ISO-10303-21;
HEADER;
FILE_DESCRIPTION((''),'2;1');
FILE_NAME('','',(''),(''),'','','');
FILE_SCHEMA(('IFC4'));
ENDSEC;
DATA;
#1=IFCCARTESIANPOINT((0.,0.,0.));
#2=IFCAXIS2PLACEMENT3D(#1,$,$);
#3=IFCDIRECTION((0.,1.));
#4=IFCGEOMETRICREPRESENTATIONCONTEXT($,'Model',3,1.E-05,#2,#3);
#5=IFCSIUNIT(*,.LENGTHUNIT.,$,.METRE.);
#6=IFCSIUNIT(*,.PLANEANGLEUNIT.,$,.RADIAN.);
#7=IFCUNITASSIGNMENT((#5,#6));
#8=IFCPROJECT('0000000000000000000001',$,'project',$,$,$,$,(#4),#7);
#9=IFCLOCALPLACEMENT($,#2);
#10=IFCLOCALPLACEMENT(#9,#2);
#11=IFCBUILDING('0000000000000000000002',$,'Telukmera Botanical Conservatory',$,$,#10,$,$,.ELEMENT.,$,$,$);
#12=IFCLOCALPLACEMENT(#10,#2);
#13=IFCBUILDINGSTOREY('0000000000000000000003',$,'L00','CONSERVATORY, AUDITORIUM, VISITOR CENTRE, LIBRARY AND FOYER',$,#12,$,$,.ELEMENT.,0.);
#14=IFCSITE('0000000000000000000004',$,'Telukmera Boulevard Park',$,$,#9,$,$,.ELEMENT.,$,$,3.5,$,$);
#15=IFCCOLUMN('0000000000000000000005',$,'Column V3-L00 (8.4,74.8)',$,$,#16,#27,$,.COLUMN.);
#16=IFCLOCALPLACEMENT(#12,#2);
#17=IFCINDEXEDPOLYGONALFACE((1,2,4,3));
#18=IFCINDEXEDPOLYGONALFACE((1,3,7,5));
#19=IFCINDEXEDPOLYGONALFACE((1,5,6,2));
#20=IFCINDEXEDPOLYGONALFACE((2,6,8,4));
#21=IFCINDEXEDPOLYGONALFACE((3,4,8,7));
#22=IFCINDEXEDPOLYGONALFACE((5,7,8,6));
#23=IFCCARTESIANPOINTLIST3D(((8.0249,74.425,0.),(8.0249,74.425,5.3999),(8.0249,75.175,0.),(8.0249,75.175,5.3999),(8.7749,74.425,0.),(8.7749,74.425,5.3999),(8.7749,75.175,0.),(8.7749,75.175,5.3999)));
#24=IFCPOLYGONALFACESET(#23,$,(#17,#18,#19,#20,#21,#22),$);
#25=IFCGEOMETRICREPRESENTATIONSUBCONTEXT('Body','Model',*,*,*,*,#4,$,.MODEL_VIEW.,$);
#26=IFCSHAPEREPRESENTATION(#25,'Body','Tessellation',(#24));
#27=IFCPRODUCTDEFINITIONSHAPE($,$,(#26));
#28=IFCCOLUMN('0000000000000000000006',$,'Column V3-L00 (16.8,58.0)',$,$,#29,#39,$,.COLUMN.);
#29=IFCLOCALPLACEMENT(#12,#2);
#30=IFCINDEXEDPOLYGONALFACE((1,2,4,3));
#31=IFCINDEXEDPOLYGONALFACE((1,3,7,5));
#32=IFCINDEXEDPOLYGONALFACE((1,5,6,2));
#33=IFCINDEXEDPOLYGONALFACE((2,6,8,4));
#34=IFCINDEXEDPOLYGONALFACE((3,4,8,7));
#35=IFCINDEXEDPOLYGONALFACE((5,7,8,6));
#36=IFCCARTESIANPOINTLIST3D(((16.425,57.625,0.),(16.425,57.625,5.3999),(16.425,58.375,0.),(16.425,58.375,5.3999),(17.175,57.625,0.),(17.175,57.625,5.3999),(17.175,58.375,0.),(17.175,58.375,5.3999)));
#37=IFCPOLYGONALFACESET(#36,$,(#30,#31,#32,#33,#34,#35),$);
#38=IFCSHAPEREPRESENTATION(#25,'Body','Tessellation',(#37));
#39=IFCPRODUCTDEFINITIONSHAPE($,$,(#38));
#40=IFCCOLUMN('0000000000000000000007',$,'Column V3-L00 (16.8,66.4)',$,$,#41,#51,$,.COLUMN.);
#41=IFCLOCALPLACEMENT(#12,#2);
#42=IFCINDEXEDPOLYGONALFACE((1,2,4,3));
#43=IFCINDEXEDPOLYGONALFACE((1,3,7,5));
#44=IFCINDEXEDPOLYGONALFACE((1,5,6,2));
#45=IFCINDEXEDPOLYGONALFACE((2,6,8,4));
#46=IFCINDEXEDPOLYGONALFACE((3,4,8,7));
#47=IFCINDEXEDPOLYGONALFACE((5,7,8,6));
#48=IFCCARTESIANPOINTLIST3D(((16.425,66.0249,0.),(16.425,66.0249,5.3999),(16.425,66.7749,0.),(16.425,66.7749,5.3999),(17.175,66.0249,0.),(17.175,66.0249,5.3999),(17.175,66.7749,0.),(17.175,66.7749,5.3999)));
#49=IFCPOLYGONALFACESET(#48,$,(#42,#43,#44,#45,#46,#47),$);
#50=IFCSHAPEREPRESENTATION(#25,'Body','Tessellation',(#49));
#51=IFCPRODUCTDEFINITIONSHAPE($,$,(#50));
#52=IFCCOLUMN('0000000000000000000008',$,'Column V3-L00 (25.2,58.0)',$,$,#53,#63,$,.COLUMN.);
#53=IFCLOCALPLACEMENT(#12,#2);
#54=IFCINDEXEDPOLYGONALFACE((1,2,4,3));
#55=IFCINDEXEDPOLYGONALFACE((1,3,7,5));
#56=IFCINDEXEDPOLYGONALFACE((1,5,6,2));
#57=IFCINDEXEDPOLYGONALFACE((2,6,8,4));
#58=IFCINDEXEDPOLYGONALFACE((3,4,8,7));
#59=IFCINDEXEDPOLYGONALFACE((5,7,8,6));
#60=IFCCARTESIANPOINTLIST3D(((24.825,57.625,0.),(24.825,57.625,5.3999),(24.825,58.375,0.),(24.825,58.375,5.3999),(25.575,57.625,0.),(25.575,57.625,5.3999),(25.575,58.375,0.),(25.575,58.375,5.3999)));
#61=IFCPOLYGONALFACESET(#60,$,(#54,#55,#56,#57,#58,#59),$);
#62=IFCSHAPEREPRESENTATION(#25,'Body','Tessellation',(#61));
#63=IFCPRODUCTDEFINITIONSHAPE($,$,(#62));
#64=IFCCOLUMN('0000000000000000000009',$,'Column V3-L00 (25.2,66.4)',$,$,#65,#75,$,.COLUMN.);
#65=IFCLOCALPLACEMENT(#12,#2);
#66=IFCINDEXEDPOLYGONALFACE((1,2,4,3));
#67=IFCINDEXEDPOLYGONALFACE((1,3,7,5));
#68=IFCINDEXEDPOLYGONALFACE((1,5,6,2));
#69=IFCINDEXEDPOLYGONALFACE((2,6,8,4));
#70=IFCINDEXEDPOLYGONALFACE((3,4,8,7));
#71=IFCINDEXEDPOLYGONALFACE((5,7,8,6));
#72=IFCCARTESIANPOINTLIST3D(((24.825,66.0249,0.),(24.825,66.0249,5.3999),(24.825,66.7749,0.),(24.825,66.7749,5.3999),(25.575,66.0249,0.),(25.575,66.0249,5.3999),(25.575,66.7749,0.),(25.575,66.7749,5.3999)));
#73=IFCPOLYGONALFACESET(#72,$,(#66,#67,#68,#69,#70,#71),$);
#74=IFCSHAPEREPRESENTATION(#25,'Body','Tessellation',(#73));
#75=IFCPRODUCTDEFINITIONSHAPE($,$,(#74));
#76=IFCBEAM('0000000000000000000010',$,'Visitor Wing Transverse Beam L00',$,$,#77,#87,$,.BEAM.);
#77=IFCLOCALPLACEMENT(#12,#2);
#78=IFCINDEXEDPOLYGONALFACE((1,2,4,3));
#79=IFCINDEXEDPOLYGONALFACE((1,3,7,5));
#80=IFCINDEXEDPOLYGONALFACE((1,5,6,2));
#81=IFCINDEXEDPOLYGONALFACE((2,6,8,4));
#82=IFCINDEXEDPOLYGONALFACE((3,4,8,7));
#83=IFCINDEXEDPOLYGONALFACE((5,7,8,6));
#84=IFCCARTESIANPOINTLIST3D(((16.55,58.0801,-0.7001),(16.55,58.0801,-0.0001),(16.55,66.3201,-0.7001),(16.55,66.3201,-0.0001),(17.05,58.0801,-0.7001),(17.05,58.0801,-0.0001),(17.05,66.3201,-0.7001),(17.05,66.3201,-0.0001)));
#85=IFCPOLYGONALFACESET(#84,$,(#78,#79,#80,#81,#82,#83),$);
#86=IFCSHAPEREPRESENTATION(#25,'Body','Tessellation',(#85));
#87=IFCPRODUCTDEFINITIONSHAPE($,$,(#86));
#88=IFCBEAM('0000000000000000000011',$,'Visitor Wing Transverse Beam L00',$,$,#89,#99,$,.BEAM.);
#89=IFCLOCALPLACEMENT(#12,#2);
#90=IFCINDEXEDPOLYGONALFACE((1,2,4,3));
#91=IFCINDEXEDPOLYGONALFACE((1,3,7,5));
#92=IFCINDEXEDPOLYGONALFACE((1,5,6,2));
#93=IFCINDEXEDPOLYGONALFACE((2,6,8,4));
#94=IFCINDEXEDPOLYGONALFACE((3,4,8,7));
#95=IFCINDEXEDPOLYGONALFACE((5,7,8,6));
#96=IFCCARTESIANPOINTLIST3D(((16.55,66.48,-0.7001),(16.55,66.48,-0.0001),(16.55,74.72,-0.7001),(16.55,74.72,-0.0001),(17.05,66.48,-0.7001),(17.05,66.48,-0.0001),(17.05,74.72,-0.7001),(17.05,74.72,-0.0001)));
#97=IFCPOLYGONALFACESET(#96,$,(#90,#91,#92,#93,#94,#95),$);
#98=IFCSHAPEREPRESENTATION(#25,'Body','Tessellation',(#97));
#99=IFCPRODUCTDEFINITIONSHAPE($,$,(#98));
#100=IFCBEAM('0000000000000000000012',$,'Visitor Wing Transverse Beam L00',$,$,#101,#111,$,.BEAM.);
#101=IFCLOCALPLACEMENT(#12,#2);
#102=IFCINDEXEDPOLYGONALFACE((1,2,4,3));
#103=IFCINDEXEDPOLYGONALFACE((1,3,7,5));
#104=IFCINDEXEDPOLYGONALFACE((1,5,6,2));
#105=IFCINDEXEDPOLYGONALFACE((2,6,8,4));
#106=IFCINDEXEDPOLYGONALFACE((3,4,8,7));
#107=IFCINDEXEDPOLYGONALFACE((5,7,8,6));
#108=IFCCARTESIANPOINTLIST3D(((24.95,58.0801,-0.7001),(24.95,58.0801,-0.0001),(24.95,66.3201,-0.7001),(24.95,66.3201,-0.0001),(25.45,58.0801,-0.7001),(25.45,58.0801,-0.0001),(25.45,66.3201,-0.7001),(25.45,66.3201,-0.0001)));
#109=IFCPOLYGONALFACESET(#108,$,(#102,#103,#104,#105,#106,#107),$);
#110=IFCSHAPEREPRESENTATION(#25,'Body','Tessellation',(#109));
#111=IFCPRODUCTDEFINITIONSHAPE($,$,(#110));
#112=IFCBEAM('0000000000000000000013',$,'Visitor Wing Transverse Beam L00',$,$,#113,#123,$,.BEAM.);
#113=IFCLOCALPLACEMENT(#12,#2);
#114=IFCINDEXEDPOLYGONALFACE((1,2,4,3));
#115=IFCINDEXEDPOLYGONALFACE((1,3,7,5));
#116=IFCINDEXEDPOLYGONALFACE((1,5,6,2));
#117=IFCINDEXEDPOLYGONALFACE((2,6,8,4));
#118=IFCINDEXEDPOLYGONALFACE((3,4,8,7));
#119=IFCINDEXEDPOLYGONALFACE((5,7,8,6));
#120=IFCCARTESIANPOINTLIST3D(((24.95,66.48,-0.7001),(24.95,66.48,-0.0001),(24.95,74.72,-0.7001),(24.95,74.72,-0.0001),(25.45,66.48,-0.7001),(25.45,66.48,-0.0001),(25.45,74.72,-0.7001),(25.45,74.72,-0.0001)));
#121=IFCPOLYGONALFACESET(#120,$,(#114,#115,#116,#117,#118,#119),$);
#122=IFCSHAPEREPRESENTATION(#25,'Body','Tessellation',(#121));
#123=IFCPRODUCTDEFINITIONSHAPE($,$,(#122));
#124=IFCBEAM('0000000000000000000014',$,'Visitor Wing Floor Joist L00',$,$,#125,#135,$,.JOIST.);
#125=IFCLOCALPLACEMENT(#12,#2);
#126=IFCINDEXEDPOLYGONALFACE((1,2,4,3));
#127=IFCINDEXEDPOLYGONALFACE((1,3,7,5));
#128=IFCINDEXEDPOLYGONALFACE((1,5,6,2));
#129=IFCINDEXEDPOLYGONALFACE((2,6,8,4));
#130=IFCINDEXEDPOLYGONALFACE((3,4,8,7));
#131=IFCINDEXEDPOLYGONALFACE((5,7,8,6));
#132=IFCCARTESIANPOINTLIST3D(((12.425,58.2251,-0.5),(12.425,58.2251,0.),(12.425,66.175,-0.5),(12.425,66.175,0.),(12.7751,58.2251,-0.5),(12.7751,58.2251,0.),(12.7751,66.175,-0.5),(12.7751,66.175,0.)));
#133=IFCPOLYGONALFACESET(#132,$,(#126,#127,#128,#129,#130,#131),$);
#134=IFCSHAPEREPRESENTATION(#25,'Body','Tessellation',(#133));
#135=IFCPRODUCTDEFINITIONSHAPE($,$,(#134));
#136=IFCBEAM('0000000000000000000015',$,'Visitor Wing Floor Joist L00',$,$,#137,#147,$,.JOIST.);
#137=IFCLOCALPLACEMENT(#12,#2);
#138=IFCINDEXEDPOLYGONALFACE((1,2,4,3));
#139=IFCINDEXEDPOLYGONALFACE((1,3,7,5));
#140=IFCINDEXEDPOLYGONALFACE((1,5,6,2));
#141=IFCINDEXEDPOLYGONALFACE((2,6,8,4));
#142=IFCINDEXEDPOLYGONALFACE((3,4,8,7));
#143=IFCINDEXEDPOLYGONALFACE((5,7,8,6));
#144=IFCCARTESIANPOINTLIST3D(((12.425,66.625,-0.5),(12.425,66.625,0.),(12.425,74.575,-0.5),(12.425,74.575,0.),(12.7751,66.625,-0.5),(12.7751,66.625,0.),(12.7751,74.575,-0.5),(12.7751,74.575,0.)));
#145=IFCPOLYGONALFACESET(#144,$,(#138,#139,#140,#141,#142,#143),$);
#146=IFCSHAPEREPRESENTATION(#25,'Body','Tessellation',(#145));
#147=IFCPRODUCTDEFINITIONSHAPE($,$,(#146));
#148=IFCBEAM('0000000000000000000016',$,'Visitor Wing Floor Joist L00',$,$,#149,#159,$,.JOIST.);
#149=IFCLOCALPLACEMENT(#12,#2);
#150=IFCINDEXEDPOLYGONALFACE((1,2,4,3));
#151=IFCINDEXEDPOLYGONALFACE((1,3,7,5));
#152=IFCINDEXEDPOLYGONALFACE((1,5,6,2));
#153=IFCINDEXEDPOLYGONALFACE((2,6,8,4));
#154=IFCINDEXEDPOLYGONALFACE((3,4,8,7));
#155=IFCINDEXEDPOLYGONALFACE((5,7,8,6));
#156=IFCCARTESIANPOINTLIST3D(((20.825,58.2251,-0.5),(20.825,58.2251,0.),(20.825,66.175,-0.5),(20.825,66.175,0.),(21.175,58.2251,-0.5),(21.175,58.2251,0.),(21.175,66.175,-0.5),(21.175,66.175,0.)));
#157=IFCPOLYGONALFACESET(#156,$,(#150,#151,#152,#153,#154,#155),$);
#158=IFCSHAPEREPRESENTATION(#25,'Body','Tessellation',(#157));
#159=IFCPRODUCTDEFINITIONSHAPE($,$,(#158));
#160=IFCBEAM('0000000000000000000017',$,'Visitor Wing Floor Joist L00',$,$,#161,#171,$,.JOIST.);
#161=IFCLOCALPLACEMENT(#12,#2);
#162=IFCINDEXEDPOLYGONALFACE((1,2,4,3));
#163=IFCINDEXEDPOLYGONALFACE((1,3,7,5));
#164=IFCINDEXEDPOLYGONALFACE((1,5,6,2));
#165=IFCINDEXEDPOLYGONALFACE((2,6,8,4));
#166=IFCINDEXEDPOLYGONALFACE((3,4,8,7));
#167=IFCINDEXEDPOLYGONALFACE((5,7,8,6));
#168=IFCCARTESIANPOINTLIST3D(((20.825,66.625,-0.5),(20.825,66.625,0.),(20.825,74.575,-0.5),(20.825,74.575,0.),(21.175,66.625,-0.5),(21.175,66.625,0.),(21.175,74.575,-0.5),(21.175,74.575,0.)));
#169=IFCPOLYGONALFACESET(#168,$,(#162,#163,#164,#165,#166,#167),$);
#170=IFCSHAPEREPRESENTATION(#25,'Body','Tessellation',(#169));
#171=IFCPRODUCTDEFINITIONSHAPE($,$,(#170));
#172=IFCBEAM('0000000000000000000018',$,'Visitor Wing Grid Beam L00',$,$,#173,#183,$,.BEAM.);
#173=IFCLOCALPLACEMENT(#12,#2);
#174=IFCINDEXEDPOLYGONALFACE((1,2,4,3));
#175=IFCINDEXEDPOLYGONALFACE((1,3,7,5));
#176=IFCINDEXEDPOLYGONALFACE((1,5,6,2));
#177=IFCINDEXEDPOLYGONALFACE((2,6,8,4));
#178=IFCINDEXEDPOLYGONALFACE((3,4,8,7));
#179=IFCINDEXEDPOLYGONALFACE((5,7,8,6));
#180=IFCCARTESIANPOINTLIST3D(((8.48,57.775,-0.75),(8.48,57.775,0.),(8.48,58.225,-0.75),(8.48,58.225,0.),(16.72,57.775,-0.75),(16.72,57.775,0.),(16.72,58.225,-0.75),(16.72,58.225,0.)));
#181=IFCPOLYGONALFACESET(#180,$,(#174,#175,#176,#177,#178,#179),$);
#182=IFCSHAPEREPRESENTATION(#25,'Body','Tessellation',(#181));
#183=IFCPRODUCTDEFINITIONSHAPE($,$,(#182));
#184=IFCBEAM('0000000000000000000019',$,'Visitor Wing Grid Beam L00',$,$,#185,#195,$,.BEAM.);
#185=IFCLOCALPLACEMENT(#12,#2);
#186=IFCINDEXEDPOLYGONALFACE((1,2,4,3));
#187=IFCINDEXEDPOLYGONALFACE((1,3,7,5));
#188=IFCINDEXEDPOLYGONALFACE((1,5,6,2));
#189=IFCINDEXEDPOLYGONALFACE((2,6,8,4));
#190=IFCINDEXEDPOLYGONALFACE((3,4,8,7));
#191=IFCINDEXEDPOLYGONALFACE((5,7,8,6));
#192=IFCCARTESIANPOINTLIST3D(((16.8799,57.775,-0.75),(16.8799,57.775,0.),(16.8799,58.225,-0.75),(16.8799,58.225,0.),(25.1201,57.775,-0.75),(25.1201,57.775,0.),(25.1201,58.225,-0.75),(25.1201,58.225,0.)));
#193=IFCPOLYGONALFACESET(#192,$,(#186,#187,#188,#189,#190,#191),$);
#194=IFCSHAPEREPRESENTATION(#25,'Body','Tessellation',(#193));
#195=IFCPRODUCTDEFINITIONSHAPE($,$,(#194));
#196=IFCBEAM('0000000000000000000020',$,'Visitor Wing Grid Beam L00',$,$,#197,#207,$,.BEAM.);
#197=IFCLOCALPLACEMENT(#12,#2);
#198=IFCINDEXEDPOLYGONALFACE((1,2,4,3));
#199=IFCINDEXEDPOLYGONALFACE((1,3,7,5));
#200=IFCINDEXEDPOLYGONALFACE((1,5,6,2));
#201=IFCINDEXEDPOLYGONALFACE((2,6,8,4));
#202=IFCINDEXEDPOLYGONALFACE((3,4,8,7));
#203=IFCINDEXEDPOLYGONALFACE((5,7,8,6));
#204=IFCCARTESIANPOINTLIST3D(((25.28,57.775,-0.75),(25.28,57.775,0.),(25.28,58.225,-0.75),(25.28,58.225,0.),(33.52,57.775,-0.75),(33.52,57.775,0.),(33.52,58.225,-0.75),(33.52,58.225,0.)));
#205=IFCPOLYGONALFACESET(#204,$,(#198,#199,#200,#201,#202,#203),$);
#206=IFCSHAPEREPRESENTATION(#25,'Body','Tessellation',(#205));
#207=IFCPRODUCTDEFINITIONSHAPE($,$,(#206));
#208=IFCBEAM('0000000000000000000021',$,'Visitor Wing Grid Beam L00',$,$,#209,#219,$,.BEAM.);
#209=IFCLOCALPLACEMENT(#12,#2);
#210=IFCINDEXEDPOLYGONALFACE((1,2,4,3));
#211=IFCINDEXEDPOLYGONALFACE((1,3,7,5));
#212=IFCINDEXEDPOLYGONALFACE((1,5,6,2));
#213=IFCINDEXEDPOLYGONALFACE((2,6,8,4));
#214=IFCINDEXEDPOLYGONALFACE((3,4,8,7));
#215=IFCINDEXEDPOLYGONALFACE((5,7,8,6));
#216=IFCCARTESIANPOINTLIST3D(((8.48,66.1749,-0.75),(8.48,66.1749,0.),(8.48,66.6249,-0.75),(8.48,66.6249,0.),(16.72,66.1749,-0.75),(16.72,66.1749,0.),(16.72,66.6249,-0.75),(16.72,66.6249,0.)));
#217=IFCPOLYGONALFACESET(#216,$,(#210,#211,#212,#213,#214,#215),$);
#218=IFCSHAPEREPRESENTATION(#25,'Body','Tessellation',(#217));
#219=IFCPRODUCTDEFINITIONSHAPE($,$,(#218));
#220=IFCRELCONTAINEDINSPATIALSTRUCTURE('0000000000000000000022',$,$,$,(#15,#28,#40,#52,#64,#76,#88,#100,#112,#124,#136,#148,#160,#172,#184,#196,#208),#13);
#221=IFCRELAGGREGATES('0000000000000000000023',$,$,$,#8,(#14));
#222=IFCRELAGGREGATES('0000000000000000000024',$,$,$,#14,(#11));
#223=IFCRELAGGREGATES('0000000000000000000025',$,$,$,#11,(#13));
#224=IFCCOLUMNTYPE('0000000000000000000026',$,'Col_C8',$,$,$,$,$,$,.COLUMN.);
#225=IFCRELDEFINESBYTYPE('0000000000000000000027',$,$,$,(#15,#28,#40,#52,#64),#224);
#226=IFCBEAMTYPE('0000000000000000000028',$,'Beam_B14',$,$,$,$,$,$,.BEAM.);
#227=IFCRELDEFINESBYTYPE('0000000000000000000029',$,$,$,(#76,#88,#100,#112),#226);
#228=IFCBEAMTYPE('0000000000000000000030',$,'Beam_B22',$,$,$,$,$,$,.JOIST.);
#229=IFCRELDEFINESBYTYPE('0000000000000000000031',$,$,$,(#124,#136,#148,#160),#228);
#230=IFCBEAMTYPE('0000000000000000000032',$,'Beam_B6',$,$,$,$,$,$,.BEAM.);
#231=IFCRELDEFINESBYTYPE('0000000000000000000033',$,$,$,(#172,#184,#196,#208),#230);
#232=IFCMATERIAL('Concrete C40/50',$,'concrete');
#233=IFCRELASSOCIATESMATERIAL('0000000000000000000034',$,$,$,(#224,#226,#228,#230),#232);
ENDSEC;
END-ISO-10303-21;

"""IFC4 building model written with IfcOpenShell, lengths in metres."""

from ifc_helpers import new_model, si_unit, direction, frame, origin, origin_2d, place, context, subcontext, project, spatial, rectangle, extrude, material, material_profile, profile_set, type_object, element, save


model = new_model("IFC4")

# Units and contexts
model_context = context("Model", 3, precision=1e-05, world=origin(), true_north=direction((0.0, 1.0)))
body_context = subcontext(model_context, "Body", "Model", "MODEL_VIEW")
ifc_project = project(units=[si_unit("LENGTHUNIT", "METRE"), si_unit("PLANEANGLEUNIT", "RADIAN")], contexts=[model_context])

# Site, building, storey
site_placement = place(None, origin())
site = spatial("IfcSite", under=ifc_project, at=site_placement, Name="Telukmera Boulevard Park", CompositionType="ELEMENT", RefElevation=3.5)
building_placement = place(site_placement, origin())
building = spatial("IfcBuilding", under=site, at=building_placement, Name="Telukmera Botanical Conservatory", CompositionType="ELEMENT")
storey_placement = place(building_placement, origin())
storey = spatial("IfcBuildingStorey", under=building, at=storey_placement, Name="L00", Description="CONSERVATORY, AUDITORIUM, VISITOR CENTRE, LIBRARY AND FOYER", CompositionType="ELEMENT", Elevation=0.0)

# Columns
ifc_material_1 = material(Name="Concrete C40/50", Category="concrete")
ifc_material_profile_1 = material_profile(ifc_material_1, rectangle(XDim=0.75, YDim=0.75, at=origin_2d()), Name="RC 750x750")
ifc_profile_set_1 = profile_set([ifc_material_profile_1], Name="Concrete C40/50")
column_type = type_object("IfcColumnType", Name="Col_C8", PredefinedType="COLUMN", material=ifc_profile_set_1)
for number, where, z_axis, x_axis, name in (
    (1, (8.3999, 74.8, 0.0), (0.0, 0.0, 1.0), (1.0, 0.0, 0.0), "Column V3-L00 (8.4,74.8)"),
    (2, (16.8, 58.0, 0.0), (0.0, 0.0, 1.0), (1.0, 0.0, 0.0), "Column V3-L00 (16.8,58.0)"),
    (3, (16.8, 66.3999, 0.0), (0.0, 0.0, 1.0), (1.0, 0.0, 0.0), "Column V3-L00 (16.8,66.4)"),
    (4, (25.2, 58.0, 0.0), (0.0, 0.0, 1.0), (1.0, 0.0, 0.0), "Column V3-L00 (25.2,58.0)"),
    (5, (25.2, 66.3999, 0.0), (0.0, 0.0, 1.0), (1.0, 0.0, 0.0), "Column V3-L00 (25.2,66.4)"),
):
    element("IfcColumn", number, at=place(storey_placement, frame(where, z_axis=z_axis, x_axis=x_axis)), inside=storey, type_object=column_type, Name=name, PredefinedType="COLUMN", context=body_context, shape_type="SweptSolid", body=[
        extrude(rectangle(XDim=0.75, YDim=0.75, at=origin_2d()), origin(), (0.0, 0.0, 1.0), 5.3999),
    ])

# Beams
ifc_material_profile_2 = material_profile(ifc_material_1, rectangle(XDim=0.5, YDim=0.7, at=origin_2d()), Name="RC 500x700")
ifc_profile_set_2 = profile_set([ifc_material_profile_2], Name="Concrete C40/50")
beam_type_1 = type_object("IfcBeamType", Name="Beam_B14", PredefinedType="BEAM", material=ifc_profile_set_2)
for number, where, z_axis, x_axis, name in (
    (6, (16.8, 58.0801, -0.3501), (0.0, 1.0, 0.0), (-1.0, 0.0, 0.0), "Visitor Wing Transverse Beam L00"),
    (7, (16.8, 66.48, -0.3501), (0.0, 1.0, 0.0), (-1.0, 0.0, 0.0), "Visitor Wing Transverse Beam L00"),
    (8, (25.2, 58.0801, -0.3501), (0.0, 1.0, 0.0), (-1.0, 0.0, 0.0), "Visitor Wing Transverse Beam L00"),
    (9, (25.2, 66.48, -0.3501), (0.0, 1.0, 0.0), (-1.0, 0.0, 0.0), "Visitor Wing Transverse Beam L00"),
):
    element("IfcBeam", number, at=place(storey_placement, frame(where, z_axis=z_axis, x_axis=x_axis)), inside=storey, type_object=beam_type_1, Name=name, PredefinedType="BEAM", context=body_context, shape_type="SweptSolid", body=[
        extrude(rectangle(XDim=0.5, YDim=0.7, at=origin_2d()), origin(), (0.0, 0.0, 1.0), 8.24),
    ])
ifc_material_profile_3 = material_profile(ifc_material_1, rectangle(XDim=0.3501, YDim=0.5, at=origin_2d()), Name="RC 350x500")
ifc_profile_set_3 = profile_set([ifc_material_profile_3], Name="Concrete C40/50")
beam_type_2 = type_object("IfcBeamType", Name="Beam_B22", PredefinedType="JOIST", material=ifc_profile_set_3)
for number, where, z_axis, x_axis, name in (
    (10, (12.6001, 58.2251, -0.25), (0.0, 1.0, 0.0), (-1.0, 0.0, 0.0), "Visitor Wing Floor Joist L00"),
    (11, (12.6001, 66.625, -0.25), (0.0, 1.0, 0.0), (-1.0, 0.0, 0.0), "Visitor Wing Floor Joist L00"),
    (12, (21.0, 58.2251, -0.25), (0.0, 1.0, 0.0), (-1.0, 0.0, 0.0), "Visitor Wing Floor Joist L00"),
    (13, (21.0, 66.625, -0.25), (0.0, 1.0, 0.0), (-1.0, 0.0, 0.0), "Visitor Wing Floor Joist L00"),
):
    element("IfcBeam", number, at=place(storey_placement, frame(where, z_axis=z_axis, x_axis=x_axis)), inside=storey, type_object=beam_type_2, Name=name, PredefinedType="JOIST", context=body_context, shape_type="SweptSolid", body=[
        extrude(rectangle(XDim=0.3501, YDim=0.5, at=origin_2d()), origin(), (0.0, 0.0, 1.0), 7.95),
    ])
ifc_material_profile_4 = material_profile(ifc_material_1, rectangle(XDim=0.45, YDim=0.75, at=origin_2d()), Name="RC 450x750")
ifc_profile_set_4 = profile_set([ifc_material_profile_4], Name="Concrete C40/50")
beam_type_3 = type_object("IfcBeamType", Name="Beam_B6", PredefinedType="BEAM", material=ifc_profile_set_4)
beam_1_placement = place(storey_placement, frame((8.48, 58.0, -0.375), z_axis=(1.0, 0.0, 0.0), x_axis=(0.0, 1.0, 0.0)))
element("IfcBeam", 14, at=beam_1_placement, inside=storey, type_object=beam_type_3, Name="Visitor Wing Grid Beam L00", PredefinedType="BEAM", context=body_context, shape_type="SweptSolid", body=[
    extrude(rectangle(XDim=0.45, YDim=0.75, at=origin_2d()), origin(), (0.0, 0.0, 1.0), 8.24),
])
beam_2_placement = place(storey_placement, frame((16.8799, 58.0, -0.375), z_axis=(1.0, 0.0, 0.0), x_axis=(0.0, 1.0, 0.0)))
element("IfcBeam", 15, at=beam_2_placement, inside=storey, type_object=beam_type_3, Name="Visitor Wing Grid Beam L00", PredefinedType="BEAM", context=body_context, shape_type="SweptSolid", body=[
    extrude(rectangle(XDim=0.45, YDim=0.75, at=origin_2d()), origin(), (0.0, 0.0, 1.0), 8.2402),
])
for number, where, z_axis, x_axis, name in (
    (16, (25.28, 58.0, -0.375), (1.0, 0.0, 0.0), (0.0, 1.0, 0.0), "Visitor Wing Grid Beam L00"),
    (17, (8.48, 66.3999, -0.375), (1.0, 0.0, 0.0), (0.0, 1.0, 0.0), "Visitor Wing Grid Beam L00"),
):
    element("IfcBeam", number, at=place(storey_placement, frame(where, z_axis=z_axis, x_axis=x_axis)), inside=storey, type_object=beam_type_3, Name=name, PredefinedType="BEAM", context=body_context, shape_type="SweptSolid", body=[
        extrude(rectangle(XDim=0.45, YDim=0.75, at=origin_2d()), origin(), (0.0, 0.0, 1.0), 8.24),
    ])

save(model, "model.ifc")
